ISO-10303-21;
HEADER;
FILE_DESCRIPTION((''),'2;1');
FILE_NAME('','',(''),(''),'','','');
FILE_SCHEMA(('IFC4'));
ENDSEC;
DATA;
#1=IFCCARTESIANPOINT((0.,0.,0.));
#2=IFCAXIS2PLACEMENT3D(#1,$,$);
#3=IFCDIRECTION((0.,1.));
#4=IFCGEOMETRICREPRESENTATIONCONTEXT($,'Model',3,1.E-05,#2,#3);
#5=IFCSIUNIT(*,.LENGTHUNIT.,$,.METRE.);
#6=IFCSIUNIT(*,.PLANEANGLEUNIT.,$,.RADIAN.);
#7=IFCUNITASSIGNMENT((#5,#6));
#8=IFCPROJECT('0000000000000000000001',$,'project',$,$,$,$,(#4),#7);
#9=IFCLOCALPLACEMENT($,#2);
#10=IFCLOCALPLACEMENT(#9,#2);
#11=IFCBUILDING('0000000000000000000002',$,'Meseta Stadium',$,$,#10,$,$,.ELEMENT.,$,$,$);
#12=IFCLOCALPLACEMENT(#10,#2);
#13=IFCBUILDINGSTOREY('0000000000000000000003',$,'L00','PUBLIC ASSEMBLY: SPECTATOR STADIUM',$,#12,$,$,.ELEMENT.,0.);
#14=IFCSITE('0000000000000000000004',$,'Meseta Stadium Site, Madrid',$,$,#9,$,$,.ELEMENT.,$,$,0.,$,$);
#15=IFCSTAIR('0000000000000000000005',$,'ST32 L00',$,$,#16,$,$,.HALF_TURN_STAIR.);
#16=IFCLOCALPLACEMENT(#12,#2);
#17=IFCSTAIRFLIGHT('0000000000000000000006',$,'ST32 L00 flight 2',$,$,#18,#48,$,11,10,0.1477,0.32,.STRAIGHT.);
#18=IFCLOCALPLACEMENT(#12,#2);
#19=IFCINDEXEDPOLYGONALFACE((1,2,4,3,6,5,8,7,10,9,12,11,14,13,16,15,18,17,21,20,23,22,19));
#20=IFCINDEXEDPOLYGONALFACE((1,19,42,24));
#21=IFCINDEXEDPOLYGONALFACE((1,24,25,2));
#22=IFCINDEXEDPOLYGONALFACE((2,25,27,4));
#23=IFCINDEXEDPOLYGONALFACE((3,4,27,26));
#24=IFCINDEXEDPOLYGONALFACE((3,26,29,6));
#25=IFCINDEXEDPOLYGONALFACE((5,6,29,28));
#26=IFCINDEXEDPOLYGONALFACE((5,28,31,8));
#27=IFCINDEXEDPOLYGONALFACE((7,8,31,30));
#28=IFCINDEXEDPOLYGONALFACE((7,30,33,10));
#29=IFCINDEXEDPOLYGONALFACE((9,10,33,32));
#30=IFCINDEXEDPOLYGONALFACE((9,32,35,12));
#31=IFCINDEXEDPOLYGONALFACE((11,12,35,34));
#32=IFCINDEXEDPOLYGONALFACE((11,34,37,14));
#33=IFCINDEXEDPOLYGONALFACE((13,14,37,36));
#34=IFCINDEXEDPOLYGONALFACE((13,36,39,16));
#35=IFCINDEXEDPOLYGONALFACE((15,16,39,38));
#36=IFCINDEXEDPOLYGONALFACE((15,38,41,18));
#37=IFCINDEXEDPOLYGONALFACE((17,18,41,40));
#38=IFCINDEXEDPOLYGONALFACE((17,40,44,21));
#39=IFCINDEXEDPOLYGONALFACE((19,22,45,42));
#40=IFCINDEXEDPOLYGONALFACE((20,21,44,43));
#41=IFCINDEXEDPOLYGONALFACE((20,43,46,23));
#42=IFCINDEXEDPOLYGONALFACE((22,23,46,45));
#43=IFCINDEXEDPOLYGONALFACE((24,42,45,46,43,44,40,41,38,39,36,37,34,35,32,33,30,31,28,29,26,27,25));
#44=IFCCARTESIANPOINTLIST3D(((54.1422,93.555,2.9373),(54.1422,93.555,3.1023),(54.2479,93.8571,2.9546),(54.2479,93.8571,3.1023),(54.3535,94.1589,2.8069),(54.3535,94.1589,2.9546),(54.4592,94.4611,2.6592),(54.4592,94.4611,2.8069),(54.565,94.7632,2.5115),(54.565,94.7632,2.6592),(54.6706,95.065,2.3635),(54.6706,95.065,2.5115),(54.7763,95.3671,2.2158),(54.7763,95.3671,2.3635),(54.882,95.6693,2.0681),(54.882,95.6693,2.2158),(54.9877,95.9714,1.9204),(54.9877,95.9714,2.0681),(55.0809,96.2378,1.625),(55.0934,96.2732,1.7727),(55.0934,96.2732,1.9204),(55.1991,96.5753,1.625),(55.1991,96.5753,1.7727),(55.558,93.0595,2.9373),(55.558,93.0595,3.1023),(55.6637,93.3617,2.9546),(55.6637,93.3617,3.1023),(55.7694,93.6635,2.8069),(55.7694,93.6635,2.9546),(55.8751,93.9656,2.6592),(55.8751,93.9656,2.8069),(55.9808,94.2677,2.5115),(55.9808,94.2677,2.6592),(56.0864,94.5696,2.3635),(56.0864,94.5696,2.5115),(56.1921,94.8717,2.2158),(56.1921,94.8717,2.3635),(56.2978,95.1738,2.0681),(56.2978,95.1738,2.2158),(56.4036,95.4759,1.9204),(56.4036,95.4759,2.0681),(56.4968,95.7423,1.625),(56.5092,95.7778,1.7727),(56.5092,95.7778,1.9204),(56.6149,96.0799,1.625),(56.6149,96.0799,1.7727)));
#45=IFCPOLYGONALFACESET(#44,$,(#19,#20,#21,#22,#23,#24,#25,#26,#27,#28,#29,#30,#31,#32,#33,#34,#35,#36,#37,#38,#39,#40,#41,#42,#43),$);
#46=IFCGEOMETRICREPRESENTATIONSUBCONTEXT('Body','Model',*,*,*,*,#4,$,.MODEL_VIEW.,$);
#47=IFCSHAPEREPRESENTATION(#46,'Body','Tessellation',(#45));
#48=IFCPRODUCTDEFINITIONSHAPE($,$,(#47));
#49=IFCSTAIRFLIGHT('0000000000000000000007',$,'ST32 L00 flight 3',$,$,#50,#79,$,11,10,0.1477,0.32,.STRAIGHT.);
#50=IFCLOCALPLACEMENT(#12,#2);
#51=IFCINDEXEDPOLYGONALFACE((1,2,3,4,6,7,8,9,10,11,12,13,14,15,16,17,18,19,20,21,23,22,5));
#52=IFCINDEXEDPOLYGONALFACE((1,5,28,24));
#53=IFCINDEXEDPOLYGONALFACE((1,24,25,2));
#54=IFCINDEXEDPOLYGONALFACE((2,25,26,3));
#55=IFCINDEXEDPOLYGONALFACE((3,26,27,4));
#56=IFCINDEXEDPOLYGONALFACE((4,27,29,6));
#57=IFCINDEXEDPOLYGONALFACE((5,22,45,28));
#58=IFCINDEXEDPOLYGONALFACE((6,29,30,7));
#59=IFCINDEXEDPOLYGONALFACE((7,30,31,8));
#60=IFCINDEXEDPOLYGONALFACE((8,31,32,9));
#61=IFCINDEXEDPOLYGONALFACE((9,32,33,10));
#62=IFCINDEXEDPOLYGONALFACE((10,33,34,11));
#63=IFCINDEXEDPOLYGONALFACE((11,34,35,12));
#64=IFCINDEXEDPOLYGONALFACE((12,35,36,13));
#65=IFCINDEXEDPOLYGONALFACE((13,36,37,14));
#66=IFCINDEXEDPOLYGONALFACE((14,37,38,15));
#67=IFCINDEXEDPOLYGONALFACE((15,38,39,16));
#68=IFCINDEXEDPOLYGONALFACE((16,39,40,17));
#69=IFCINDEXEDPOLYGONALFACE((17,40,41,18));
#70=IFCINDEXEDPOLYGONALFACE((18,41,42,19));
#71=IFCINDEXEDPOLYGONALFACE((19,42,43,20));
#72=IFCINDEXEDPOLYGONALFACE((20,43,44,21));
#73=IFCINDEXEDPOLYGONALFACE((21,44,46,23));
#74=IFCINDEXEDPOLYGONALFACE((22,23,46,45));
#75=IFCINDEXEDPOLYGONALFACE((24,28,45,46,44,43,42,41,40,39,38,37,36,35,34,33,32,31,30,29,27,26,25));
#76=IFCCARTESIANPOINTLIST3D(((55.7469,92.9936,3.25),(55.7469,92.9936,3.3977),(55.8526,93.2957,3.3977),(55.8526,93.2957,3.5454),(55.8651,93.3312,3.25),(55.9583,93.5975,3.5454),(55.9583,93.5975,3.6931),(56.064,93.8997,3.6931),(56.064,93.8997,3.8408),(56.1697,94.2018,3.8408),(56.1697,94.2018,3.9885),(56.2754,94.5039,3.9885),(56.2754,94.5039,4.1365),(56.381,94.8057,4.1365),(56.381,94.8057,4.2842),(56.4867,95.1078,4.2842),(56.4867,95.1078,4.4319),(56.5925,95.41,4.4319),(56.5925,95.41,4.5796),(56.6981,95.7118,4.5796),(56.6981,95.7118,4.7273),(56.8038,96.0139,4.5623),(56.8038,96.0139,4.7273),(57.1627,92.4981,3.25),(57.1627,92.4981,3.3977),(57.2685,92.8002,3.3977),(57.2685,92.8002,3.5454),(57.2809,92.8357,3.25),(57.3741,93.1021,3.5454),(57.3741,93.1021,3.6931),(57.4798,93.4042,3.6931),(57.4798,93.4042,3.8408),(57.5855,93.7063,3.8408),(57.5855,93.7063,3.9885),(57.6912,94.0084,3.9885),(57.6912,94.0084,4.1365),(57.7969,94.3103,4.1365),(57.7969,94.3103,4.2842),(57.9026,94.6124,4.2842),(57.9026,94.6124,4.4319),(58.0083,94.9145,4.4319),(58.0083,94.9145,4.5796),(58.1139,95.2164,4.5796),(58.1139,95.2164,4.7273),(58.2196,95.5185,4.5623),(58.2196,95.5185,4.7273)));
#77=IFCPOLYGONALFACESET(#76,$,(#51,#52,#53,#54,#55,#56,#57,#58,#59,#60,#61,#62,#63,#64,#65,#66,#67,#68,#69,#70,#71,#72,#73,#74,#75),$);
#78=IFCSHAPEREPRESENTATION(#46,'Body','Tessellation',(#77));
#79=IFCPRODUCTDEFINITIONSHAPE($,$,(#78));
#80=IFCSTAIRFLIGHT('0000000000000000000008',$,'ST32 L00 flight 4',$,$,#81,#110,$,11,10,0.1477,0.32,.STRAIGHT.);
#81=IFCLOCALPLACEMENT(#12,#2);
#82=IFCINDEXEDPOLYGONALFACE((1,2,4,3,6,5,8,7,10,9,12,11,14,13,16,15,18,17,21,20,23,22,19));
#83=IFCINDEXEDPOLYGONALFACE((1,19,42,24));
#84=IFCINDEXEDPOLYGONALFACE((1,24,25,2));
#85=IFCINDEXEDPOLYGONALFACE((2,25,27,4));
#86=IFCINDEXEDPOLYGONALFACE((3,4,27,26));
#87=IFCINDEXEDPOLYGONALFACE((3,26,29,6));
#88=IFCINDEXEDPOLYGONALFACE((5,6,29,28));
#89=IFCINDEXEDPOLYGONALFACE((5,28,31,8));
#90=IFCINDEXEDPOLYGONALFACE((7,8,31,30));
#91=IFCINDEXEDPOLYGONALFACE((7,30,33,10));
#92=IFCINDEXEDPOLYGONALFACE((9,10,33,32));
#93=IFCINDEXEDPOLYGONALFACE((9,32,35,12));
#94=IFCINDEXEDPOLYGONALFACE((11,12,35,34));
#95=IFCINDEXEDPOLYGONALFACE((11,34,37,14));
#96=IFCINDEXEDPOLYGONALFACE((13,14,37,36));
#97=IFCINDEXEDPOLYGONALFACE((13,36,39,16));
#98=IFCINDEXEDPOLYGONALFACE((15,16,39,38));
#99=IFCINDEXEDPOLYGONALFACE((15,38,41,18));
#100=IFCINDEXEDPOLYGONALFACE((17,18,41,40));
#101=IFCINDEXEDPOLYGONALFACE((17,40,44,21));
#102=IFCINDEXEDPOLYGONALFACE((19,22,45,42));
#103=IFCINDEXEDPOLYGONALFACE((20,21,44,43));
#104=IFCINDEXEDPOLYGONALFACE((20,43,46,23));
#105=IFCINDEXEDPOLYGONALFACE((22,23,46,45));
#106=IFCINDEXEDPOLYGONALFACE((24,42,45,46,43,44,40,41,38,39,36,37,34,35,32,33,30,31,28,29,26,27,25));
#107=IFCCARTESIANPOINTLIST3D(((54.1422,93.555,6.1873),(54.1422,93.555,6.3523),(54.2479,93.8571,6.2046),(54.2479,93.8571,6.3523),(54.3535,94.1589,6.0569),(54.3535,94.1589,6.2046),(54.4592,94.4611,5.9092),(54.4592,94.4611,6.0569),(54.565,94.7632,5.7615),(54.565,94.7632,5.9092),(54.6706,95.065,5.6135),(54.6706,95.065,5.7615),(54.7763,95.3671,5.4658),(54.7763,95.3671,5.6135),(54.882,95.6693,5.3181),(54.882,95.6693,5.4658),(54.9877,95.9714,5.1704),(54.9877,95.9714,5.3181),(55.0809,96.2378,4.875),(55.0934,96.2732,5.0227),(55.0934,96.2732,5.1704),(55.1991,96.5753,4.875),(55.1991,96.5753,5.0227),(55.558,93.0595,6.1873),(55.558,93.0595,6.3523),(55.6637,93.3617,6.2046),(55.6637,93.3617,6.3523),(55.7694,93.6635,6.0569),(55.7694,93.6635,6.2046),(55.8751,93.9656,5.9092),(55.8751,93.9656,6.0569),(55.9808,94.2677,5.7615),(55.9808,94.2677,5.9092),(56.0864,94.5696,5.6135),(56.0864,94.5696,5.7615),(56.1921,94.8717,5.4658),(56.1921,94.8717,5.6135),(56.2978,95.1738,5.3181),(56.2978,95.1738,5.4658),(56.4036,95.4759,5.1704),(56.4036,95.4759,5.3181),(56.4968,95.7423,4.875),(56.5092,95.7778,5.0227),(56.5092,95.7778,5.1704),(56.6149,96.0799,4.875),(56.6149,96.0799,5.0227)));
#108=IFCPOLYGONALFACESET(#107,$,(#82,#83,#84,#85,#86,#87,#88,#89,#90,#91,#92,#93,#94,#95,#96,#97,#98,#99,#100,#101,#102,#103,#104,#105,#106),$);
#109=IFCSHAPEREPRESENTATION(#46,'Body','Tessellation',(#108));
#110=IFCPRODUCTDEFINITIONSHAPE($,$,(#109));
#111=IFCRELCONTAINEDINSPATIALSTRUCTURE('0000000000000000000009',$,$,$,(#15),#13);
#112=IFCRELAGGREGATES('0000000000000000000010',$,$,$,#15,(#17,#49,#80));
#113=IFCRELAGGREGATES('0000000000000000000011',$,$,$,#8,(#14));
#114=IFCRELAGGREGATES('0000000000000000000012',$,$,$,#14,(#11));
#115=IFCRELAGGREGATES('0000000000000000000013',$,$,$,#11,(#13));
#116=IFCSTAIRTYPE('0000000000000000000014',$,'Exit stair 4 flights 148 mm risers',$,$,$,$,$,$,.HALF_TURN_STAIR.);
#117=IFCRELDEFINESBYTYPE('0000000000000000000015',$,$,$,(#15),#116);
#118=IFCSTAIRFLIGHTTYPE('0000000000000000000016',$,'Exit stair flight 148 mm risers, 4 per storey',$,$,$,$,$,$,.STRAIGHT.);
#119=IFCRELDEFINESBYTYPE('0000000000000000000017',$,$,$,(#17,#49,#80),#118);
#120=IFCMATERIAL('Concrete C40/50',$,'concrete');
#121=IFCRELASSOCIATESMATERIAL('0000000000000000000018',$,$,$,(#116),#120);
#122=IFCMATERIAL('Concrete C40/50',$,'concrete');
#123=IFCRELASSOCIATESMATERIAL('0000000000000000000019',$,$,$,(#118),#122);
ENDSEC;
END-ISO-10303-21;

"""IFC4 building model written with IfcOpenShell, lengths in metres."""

from ifc_helpers import new_model, si_unit, direction, frame, origin, place, context, subcontext, project, spatial, polyline, outline, extrude, material, type_object, element, aggregate, save


model = new_model("IFC4")

# Units and contexts
model_context = context("Model", 3, precision=1e-05, world=origin(), true_north=direction((0.0, 1.0)))
body_context = subcontext(model_context, "Body", "Model", "MODEL_VIEW")
ifc_project = project(units=[si_unit("LENGTHUNIT", "METRE"), si_unit("PLANEANGLEUNIT", "RADIAN")], contexts=[model_context])

# Site, building, storey
site_placement = place(None, origin())
site = spatial("IfcSite", under=ifc_project, at=site_placement, Name="Meseta Stadium Site, Madrid", CompositionType="ELEMENT", RefElevation=0.0)
building_placement = place(site_placement, origin())
building = spatial("IfcBuilding", under=site, at=building_placement, Name="Meseta Stadium", CompositionType="ELEMENT")
storey_placement = place(building_placement, origin())
storey = spatial("IfcBuildingStorey", under=building, at=storey_placement, Name="L00", Description="PUBLIC ASSEMBLY: SPECTATOR STADIUM", CompositionType="ELEMENT", Elevation=0.0)

# Stair, stair flights
ifc_material_1 = material(Name="Concrete C40/50", Category="concrete")
stair_type = type_object("IfcStairType", Name="Exit stair 4 flights 148 mm risers", PredefinedType="HALF_TURN_STAIR", material=ifc_material_1)
stair_placement = place(storey_placement, origin())
stair = element("IfcStair", 1, at=stair_placement, inside=storey, type_object=stair_type, Name="ST32 L00", PredefinedType="HALF_TURN_STAIR")
ifc_material_2 = material(Name="Concrete C40/50", Category="concrete")
stair_flight_type = type_object("IfcStairFlightType", Name="Exit stair flight 148 mm risers, 4 per storey", PredefinedType="STRAIGHT", material=ifc_material_2)
stair_flight_1_placement = place(storey_placement, frame((55.907, 96.3276, 1.625), z_axis=(0.0, 0.0, 1.0), x_axis=(-0.330279, -0.943883, 0.0)))
stair_flight_1 = element("IfcStairFlight", 2, at=stair_flight_1_placement, type_object=stair_flight_type, Name="ST32 L00 flight 2", NumberOfRisers=11, NumberOfTreads=10, PredefinedType="STRAIGHT", RiserHeight=0.1477, TreadLength=0.32, context=body_context, shape_type="SweptSolid", body=[
    extrude(outline(polyline([(0.0, 0.0), (0.0, 0.1477), (0.3201, 0.1477), (0.3201, 0.2954), (0.6399, 0.2954), (0.6399, 0.4431), (0.96, 0.4431), (0.96, 0.5908), (1.28, 0.5908), (1.28, 0.7385), (1.6001, 0.7385), (1.6001, 0.8865), (1.9199, 0.8865), (1.9199, 1.0342), (2.24, 1.0342), (2.24, 1.1819), (2.5601, 1.1819), (2.5601, 1.3296), (2.8799, 1.3296), (2.8799, 1.4773), (3.2, 1.4773), (3.2, 1.3123), (0.3577, 0.0), (0.0, 0.0)])), frame((0.0, 0.75, 0.0), z_axis=(0.0, -1.0, 0.0), x_axis=(1.0, 0.0, 0.0)), (0.0, 0.0, 1.0), 1.5),
])
stair_flight_2_placement = place(storey_placement, frame((56.4548, 92.7458, 3.25), z_axis=(0.0, 0.0, 1.0), x_axis=(0.330279, 0.943883, 0.0)))
stair_flight_2 = element("IfcStairFlight", 3, at=stair_flight_2_placement, type_object=stair_flight_type, Name="ST32 L00 flight 3", NumberOfRisers=11, NumberOfTreads=10, PredefinedType="STRAIGHT", RiserHeight=0.1477, TreadLength=0.32, context=body_context, shape_type="SweptSolid", body=[
    extrude(outline(polyline([(0.0, 0.0), (0.0, 0.1477), (0.3201, 0.1477), (0.3201, 0.2954), (0.6399, 0.2954), (0.6399, 0.4431), (0.96, 0.4431), (0.96, 0.5908), (1.28, 0.5908), (1.28, 0.7385), (1.6001, 0.7385), (1.6001, 0.8865), (1.9199, 0.8865), (1.9199, 1.0342), (2.24, 1.0342), (2.24, 1.1819), (2.5601, 1.1819), (2.5601, 1.3296), (2.8799, 1.3296), (2.8799, 1.4773), (3.2, 1.4773), (3.2, 1.3123), (0.3577, 0.0), (0.0, 0.0)])), frame((0.0, 0.75, 0.0), z_axis=(0.0, -1.0, 0.0), x_axis=(1.0, 0.0, 0.0)), (0.0, 0.0, 1.0), 1.5),
])
stair_flight_3_placement = place(storey_placement, frame((55.907, 96.3276, 4.875), z_axis=(0.0, 0.0, 1.0), x_axis=(-0.330279, -0.943883, 0.0)))
stair_flight_3 = element("IfcStairFlight", 4, at=stair_flight_3_placement, type_object=stair_flight_type, Name="ST32 L00 flight 4", NumberOfRisers=11, NumberOfTreads=10, PredefinedType="STRAIGHT", RiserHeight=0.1477, TreadLength=0.32, context=body_context, shape_type="SweptSolid", body=[
    extrude(outline(polyline([(0.0, 0.0), (0.0, 0.1477), (0.3201, 0.1477), (0.3201, 0.2954), (0.6399, 0.2954), (0.6399, 0.4431), (0.96, 0.4431), (0.96, 0.5908), (1.28, 0.5908), (1.28, 0.7385), (1.6001, 0.7385), (1.6001, 0.8865), (1.9199, 0.8865), (1.9199, 1.0342), (2.24, 1.0342), (2.24, 1.1819), (2.5601, 1.1819), (2.5601, 1.3296), (2.8799, 1.3296), (2.8799, 1.4773), (3.2, 1.4773), (3.2, 1.3123), (0.3577, 0.0), (0.0, 0.0)])), frame((0.0, 0.75, 0.0), z_axis=(0.0, -1.0, 0.0), x_axis=(1.0, 0.0, 0.0)), (0.0, 0.0, 1.0), 1.5),
])
aggregate(stair, [stair_flight_1, stair_flight_2, stair_flight_3])

save(model, "model.ifc")
